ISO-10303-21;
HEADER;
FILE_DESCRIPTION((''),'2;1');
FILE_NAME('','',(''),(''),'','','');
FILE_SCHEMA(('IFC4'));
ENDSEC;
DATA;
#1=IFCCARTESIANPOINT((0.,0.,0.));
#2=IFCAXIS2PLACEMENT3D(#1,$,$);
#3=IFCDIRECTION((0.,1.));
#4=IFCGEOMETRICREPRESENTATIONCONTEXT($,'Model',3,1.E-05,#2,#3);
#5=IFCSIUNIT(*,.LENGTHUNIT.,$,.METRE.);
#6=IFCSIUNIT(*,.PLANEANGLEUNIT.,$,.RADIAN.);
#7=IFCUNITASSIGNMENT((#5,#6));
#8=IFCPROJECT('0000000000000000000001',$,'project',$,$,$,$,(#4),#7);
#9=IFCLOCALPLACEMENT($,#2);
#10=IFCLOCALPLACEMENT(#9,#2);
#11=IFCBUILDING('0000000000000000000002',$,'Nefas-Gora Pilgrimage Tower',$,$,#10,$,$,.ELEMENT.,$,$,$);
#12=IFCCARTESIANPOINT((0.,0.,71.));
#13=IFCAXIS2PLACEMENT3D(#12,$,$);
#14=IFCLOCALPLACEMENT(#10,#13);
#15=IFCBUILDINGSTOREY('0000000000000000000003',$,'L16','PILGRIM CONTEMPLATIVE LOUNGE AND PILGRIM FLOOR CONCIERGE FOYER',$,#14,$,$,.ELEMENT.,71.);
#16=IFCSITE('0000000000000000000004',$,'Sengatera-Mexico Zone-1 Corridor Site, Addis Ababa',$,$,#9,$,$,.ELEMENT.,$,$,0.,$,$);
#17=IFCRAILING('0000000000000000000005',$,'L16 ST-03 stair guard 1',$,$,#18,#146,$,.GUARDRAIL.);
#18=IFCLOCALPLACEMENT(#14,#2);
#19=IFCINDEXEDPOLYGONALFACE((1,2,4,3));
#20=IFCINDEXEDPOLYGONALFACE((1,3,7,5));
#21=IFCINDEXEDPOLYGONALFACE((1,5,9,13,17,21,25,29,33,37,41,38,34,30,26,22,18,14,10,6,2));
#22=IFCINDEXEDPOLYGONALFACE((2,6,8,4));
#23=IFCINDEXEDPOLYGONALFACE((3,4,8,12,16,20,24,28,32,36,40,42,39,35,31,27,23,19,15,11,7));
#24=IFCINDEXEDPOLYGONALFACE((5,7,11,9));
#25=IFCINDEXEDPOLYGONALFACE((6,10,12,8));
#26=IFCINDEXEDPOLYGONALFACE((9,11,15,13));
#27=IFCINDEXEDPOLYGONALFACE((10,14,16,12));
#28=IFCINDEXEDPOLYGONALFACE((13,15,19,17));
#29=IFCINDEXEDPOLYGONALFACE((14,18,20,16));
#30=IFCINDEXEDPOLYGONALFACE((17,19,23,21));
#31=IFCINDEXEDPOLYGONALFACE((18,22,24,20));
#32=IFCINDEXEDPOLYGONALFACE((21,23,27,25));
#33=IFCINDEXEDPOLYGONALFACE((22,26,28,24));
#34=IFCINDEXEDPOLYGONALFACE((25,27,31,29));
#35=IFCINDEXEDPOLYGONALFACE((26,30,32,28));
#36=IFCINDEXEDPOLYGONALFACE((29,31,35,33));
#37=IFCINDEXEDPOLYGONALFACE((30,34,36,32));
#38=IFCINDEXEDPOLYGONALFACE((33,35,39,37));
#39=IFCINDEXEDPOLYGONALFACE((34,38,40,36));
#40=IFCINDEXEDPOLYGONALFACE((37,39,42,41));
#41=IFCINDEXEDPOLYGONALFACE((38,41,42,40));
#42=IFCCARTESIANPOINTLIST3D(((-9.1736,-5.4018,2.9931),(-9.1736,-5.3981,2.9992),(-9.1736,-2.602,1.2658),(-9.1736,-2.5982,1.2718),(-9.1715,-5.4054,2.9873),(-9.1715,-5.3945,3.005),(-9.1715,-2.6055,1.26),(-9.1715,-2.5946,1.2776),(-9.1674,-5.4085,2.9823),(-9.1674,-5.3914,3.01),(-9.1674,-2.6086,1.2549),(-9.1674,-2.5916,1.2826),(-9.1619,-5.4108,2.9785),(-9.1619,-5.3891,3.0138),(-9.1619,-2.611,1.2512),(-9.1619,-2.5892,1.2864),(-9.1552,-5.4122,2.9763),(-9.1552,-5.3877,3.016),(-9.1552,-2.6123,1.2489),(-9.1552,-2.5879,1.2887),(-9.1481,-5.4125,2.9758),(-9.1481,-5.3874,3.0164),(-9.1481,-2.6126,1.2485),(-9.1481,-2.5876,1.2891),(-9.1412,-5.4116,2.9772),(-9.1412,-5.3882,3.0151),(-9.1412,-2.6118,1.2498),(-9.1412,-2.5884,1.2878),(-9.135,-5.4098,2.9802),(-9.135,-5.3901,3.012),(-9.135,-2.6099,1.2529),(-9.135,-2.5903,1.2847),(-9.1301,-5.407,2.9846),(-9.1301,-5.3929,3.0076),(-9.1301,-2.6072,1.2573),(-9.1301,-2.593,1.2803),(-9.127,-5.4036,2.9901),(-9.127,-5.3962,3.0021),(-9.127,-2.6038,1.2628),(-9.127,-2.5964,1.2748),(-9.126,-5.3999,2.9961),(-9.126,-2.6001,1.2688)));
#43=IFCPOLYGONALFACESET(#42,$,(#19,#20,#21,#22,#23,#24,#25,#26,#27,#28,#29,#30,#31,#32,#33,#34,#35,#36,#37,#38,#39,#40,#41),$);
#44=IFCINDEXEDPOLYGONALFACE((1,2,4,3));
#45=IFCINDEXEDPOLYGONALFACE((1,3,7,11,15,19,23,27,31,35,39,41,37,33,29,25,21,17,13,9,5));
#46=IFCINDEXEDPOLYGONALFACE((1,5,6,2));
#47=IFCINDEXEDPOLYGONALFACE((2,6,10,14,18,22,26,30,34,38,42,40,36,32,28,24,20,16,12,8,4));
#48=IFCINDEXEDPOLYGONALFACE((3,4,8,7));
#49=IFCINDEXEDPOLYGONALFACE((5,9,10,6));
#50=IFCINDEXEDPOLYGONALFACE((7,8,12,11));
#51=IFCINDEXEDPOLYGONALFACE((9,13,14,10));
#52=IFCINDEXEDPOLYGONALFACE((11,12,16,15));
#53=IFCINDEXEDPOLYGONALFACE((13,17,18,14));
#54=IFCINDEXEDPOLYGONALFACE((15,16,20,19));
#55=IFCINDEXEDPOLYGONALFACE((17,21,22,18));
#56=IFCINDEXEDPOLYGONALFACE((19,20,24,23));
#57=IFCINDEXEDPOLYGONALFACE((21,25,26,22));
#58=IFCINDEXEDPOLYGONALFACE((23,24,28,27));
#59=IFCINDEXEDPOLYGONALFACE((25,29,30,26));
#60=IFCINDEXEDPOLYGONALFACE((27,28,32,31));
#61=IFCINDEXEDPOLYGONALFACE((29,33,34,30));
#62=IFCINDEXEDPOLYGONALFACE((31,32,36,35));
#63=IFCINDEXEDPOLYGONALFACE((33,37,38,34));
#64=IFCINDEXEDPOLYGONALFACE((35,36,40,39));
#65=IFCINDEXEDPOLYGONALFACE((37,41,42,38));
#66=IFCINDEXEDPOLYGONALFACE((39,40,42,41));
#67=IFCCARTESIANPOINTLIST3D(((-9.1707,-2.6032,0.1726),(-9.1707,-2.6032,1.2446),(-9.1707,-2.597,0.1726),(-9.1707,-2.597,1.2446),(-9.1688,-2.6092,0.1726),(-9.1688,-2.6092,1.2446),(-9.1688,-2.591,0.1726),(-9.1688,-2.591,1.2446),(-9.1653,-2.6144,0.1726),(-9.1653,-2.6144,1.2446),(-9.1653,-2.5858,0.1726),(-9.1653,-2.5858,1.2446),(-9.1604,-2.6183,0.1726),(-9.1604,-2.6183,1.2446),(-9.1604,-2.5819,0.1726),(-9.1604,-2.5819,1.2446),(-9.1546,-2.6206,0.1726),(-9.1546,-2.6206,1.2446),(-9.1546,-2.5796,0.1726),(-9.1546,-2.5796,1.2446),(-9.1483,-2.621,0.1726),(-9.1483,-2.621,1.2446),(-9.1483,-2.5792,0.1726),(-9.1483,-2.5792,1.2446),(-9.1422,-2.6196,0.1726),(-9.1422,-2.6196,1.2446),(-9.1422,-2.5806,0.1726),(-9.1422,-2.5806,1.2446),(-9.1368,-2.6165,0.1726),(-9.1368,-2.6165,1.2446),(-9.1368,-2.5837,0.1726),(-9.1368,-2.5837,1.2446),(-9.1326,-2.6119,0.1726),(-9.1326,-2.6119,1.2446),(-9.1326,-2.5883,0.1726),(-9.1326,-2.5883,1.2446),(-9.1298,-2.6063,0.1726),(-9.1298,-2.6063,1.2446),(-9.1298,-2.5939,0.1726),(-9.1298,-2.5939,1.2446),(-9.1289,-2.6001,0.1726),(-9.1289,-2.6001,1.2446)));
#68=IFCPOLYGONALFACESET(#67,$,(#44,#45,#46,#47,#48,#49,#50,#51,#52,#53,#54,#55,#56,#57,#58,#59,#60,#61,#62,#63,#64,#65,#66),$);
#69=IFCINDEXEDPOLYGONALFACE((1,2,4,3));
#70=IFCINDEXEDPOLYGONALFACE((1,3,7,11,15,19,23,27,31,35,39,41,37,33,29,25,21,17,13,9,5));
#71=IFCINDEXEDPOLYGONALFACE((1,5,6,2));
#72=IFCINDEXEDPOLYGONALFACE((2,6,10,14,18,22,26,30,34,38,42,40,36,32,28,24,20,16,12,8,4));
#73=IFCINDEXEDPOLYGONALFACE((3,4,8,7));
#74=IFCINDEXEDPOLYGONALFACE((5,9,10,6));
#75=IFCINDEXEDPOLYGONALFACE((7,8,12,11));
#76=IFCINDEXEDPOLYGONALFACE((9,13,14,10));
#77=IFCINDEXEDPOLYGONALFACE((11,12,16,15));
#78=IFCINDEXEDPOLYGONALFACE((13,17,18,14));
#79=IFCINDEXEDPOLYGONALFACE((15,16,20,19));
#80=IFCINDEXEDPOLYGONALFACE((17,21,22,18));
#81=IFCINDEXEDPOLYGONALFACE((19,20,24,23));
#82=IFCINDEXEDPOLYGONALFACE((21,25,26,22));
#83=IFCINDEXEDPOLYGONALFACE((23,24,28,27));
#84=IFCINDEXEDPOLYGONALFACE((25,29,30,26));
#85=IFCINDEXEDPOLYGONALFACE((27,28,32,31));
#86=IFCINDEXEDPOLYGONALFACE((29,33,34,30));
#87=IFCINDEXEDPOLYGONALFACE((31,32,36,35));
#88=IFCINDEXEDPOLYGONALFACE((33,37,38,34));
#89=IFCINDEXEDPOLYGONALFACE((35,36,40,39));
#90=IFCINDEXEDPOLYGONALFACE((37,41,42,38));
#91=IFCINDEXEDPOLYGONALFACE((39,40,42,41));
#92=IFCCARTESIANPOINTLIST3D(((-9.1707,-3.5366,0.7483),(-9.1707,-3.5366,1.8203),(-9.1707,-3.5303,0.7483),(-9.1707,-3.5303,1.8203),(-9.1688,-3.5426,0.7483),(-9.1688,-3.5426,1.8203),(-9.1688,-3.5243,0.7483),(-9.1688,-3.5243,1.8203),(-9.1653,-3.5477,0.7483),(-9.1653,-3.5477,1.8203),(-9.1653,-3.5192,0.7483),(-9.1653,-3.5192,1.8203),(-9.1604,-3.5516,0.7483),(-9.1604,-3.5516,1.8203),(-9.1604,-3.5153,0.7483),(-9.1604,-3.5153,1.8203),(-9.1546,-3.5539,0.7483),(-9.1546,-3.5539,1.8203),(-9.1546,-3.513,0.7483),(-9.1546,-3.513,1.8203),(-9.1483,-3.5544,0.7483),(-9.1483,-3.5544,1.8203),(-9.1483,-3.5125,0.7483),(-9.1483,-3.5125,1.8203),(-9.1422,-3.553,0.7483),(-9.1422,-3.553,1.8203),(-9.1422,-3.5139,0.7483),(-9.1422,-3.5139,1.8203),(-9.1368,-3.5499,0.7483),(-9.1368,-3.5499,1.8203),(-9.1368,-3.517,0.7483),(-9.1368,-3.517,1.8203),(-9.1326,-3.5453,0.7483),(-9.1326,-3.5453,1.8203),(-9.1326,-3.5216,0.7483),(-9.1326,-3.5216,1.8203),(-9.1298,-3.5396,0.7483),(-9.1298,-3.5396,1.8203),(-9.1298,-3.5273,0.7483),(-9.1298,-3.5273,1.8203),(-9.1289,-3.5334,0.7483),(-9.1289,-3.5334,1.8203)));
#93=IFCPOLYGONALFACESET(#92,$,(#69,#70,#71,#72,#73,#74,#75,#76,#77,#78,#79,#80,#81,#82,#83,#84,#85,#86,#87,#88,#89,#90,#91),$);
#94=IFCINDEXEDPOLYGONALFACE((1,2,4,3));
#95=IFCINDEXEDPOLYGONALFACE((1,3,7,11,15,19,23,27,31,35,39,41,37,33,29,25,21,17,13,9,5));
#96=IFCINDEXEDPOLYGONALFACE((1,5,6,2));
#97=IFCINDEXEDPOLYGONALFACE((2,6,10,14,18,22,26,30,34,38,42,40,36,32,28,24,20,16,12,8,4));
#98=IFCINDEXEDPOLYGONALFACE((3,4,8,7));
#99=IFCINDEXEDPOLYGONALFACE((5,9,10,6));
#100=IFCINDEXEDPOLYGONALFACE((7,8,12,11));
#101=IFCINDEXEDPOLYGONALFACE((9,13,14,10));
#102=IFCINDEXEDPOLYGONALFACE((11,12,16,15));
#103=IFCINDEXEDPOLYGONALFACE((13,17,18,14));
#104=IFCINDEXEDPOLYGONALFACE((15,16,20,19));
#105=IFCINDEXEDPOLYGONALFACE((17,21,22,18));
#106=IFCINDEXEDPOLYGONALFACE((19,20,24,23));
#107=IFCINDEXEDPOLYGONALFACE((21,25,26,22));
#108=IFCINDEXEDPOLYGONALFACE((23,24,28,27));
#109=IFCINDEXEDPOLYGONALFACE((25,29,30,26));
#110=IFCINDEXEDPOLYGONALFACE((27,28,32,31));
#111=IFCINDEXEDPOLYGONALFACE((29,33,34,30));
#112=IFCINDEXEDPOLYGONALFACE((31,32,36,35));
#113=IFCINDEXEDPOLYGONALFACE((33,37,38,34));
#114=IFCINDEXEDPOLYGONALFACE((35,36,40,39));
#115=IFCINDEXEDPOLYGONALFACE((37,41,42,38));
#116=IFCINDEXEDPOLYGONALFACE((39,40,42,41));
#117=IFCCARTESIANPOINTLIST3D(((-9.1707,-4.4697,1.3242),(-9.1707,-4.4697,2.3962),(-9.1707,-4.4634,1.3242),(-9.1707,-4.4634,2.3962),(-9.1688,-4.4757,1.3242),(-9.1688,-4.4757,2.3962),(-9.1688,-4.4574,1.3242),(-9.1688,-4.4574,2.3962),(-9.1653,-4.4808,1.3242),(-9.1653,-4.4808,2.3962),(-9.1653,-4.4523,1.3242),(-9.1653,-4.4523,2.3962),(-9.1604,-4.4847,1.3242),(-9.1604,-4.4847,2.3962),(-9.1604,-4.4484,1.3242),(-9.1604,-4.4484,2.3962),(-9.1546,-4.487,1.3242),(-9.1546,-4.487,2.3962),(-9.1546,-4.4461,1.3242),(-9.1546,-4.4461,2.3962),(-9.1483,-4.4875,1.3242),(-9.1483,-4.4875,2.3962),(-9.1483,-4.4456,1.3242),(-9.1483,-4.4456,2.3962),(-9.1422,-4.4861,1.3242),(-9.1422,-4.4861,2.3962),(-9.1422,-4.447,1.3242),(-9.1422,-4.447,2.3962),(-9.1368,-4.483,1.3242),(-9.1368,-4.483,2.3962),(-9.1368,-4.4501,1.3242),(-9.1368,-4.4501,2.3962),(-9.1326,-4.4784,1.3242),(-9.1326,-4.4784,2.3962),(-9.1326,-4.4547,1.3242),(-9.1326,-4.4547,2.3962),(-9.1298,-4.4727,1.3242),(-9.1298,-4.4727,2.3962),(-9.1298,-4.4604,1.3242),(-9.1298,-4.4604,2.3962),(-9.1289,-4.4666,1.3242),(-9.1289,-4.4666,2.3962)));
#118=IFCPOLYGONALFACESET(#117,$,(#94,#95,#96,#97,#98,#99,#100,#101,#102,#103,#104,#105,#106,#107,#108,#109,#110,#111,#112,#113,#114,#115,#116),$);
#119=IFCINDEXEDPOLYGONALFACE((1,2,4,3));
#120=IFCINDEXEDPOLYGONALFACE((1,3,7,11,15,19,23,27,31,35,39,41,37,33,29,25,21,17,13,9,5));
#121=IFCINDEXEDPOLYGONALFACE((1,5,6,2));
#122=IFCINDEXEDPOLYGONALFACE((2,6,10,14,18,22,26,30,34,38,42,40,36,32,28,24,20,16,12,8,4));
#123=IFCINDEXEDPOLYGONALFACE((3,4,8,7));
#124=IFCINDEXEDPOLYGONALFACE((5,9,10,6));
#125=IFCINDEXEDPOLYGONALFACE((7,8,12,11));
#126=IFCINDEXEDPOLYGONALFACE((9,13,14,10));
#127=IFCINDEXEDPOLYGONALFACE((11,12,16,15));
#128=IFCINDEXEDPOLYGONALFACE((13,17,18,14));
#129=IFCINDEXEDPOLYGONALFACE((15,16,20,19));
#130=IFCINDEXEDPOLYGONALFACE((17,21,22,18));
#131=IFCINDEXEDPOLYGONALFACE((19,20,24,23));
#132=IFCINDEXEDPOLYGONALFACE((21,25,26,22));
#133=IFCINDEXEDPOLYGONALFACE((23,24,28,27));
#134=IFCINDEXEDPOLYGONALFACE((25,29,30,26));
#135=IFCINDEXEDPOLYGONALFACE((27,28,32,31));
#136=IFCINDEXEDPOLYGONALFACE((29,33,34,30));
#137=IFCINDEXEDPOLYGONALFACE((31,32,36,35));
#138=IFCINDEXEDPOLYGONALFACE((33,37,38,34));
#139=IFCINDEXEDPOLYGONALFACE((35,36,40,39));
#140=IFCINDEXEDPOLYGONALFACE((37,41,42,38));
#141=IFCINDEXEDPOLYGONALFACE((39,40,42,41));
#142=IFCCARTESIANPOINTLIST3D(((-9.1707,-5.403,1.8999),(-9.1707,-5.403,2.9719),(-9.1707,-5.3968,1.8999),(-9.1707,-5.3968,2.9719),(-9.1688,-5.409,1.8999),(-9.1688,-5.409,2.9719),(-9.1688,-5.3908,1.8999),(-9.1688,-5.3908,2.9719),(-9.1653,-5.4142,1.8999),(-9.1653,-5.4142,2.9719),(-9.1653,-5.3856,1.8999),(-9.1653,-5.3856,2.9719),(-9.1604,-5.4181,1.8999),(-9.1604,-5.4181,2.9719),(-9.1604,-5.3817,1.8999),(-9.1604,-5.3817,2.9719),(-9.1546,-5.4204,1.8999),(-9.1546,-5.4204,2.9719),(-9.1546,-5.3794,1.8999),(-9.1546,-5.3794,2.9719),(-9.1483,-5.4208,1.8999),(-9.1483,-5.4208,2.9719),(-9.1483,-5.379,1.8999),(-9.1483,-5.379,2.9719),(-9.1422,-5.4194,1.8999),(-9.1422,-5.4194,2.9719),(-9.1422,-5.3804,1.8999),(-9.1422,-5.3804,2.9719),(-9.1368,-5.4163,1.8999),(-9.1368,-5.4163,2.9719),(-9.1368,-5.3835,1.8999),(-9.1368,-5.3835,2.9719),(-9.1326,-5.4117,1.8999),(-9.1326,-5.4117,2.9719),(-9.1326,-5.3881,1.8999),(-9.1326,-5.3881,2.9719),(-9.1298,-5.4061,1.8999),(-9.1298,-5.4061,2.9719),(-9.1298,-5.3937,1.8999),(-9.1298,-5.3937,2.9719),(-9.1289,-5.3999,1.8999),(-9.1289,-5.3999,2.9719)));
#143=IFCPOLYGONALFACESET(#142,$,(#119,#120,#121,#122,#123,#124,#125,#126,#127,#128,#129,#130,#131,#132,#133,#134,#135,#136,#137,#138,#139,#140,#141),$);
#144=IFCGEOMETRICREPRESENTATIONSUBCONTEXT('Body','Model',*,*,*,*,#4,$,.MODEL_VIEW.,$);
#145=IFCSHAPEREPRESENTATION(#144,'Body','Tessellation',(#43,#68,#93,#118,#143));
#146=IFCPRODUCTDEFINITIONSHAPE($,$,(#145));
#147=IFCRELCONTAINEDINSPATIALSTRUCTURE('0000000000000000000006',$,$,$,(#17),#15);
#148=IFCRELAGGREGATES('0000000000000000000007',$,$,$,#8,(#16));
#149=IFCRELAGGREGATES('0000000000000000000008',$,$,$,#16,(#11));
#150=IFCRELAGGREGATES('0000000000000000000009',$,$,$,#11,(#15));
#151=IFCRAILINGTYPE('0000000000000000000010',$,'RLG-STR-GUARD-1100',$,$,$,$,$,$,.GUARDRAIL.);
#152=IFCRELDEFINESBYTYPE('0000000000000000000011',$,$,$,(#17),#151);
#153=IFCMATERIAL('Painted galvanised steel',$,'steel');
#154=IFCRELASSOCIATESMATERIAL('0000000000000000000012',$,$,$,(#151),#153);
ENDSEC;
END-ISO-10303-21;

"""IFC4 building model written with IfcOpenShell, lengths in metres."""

from ifc_helpers import new_model, si_unit, direction, frame, origin, origin_2d, place, context, subcontext, project, spatial, circle, extrude, material, type_object, element, save


model = new_model("IFC4")

# Units and contexts
model_context = context("Model", 3, precision=1e-05, world=origin(), true_north=direction((0.0, 1.0)))
body_context = subcontext(model_context, "Body", "Model", "MODEL_VIEW")
ifc_project = project(units=[si_unit("LENGTHUNIT", "METRE"), si_unit("PLANEANGLEUNIT", "RADIAN")], contexts=[model_context])

# Site, building, storey
site_placement = place(None, origin())
site = spatial("IfcSite", under=ifc_project, at=site_placement, Name="Sengatera-Mexico Zone-1 Corridor Site, Addis Ababa", CompositionType="ELEMENT", RefElevation=0.0)
building_placement = place(site_placement, origin())
building = spatial("IfcBuilding", under=site, at=building_placement, Name="Nefas-Gora Pilgrimage Tower", CompositionType="ELEMENT")
storey_placement = place(building_placement, frame((0.0, 0.0, 71.0)))
storey = spatial("IfcBuildingStorey", under=building, at=storey_placement, Name="L16", Description="PILGRIM CONTEMPLATIVE LOUNGE AND PILGRIM FLOOR CONCIERGE FOYER", CompositionType="ELEMENT", Elevation=71.0)

# Railing
ifc_material_1 = material(Name="Painted galvanised steel", Category="steel")
railing_type_1 = type_object("IfcRailingType", Name="RLG-STR-GUARD-1100", PredefinedType="GUARDRAIL", material=ifc_material_1)
railing_1_placement = place(storey_placement, frame((-9.1499, -2.6001, 0.1726)))
element("IfcRailing", 1, at=railing_1_placement, inside=storey, type_object=railing_type_1, Name="L16 ST-03 stair guard 1", PredefinedType="GUARDRAIL", context=body_context, shape_type="SweptSolid", body=[
    extrude(circle(Radius=0.0239, at=origin_2d()), frame((0.0, 0.0, 1.0962), z_axis=(0.0, -0.851069, 0.525054), x_axis=(1.0, 0.0, 0.0)), (0.0, 0.0, 1.0), 3.2898),
    extrude(circle(Radius=0.021, at=origin_2d()), origin(), (0.0, 0.0, 1.0), 1.072),
    extrude(circle(Radius=0.021, at=origin_2d()), frame((0.0, -0.9333, 0.5757)), (0.0, 0.0, 1.0), 1.072),
    extrude(circle(Radius=0.021, at=origin_2d()), frame((0.0, -1.8665, 1.1516)), (0.0, 0.0, 1.0), 1.072),
    extrude(circle(Radius=0.021, at=origin_2d()), frame((0.0, -2.7998, 1.7273)), (0.0, 0.0, 1.0), 1.072),
])

save(model, "model.ifc")
